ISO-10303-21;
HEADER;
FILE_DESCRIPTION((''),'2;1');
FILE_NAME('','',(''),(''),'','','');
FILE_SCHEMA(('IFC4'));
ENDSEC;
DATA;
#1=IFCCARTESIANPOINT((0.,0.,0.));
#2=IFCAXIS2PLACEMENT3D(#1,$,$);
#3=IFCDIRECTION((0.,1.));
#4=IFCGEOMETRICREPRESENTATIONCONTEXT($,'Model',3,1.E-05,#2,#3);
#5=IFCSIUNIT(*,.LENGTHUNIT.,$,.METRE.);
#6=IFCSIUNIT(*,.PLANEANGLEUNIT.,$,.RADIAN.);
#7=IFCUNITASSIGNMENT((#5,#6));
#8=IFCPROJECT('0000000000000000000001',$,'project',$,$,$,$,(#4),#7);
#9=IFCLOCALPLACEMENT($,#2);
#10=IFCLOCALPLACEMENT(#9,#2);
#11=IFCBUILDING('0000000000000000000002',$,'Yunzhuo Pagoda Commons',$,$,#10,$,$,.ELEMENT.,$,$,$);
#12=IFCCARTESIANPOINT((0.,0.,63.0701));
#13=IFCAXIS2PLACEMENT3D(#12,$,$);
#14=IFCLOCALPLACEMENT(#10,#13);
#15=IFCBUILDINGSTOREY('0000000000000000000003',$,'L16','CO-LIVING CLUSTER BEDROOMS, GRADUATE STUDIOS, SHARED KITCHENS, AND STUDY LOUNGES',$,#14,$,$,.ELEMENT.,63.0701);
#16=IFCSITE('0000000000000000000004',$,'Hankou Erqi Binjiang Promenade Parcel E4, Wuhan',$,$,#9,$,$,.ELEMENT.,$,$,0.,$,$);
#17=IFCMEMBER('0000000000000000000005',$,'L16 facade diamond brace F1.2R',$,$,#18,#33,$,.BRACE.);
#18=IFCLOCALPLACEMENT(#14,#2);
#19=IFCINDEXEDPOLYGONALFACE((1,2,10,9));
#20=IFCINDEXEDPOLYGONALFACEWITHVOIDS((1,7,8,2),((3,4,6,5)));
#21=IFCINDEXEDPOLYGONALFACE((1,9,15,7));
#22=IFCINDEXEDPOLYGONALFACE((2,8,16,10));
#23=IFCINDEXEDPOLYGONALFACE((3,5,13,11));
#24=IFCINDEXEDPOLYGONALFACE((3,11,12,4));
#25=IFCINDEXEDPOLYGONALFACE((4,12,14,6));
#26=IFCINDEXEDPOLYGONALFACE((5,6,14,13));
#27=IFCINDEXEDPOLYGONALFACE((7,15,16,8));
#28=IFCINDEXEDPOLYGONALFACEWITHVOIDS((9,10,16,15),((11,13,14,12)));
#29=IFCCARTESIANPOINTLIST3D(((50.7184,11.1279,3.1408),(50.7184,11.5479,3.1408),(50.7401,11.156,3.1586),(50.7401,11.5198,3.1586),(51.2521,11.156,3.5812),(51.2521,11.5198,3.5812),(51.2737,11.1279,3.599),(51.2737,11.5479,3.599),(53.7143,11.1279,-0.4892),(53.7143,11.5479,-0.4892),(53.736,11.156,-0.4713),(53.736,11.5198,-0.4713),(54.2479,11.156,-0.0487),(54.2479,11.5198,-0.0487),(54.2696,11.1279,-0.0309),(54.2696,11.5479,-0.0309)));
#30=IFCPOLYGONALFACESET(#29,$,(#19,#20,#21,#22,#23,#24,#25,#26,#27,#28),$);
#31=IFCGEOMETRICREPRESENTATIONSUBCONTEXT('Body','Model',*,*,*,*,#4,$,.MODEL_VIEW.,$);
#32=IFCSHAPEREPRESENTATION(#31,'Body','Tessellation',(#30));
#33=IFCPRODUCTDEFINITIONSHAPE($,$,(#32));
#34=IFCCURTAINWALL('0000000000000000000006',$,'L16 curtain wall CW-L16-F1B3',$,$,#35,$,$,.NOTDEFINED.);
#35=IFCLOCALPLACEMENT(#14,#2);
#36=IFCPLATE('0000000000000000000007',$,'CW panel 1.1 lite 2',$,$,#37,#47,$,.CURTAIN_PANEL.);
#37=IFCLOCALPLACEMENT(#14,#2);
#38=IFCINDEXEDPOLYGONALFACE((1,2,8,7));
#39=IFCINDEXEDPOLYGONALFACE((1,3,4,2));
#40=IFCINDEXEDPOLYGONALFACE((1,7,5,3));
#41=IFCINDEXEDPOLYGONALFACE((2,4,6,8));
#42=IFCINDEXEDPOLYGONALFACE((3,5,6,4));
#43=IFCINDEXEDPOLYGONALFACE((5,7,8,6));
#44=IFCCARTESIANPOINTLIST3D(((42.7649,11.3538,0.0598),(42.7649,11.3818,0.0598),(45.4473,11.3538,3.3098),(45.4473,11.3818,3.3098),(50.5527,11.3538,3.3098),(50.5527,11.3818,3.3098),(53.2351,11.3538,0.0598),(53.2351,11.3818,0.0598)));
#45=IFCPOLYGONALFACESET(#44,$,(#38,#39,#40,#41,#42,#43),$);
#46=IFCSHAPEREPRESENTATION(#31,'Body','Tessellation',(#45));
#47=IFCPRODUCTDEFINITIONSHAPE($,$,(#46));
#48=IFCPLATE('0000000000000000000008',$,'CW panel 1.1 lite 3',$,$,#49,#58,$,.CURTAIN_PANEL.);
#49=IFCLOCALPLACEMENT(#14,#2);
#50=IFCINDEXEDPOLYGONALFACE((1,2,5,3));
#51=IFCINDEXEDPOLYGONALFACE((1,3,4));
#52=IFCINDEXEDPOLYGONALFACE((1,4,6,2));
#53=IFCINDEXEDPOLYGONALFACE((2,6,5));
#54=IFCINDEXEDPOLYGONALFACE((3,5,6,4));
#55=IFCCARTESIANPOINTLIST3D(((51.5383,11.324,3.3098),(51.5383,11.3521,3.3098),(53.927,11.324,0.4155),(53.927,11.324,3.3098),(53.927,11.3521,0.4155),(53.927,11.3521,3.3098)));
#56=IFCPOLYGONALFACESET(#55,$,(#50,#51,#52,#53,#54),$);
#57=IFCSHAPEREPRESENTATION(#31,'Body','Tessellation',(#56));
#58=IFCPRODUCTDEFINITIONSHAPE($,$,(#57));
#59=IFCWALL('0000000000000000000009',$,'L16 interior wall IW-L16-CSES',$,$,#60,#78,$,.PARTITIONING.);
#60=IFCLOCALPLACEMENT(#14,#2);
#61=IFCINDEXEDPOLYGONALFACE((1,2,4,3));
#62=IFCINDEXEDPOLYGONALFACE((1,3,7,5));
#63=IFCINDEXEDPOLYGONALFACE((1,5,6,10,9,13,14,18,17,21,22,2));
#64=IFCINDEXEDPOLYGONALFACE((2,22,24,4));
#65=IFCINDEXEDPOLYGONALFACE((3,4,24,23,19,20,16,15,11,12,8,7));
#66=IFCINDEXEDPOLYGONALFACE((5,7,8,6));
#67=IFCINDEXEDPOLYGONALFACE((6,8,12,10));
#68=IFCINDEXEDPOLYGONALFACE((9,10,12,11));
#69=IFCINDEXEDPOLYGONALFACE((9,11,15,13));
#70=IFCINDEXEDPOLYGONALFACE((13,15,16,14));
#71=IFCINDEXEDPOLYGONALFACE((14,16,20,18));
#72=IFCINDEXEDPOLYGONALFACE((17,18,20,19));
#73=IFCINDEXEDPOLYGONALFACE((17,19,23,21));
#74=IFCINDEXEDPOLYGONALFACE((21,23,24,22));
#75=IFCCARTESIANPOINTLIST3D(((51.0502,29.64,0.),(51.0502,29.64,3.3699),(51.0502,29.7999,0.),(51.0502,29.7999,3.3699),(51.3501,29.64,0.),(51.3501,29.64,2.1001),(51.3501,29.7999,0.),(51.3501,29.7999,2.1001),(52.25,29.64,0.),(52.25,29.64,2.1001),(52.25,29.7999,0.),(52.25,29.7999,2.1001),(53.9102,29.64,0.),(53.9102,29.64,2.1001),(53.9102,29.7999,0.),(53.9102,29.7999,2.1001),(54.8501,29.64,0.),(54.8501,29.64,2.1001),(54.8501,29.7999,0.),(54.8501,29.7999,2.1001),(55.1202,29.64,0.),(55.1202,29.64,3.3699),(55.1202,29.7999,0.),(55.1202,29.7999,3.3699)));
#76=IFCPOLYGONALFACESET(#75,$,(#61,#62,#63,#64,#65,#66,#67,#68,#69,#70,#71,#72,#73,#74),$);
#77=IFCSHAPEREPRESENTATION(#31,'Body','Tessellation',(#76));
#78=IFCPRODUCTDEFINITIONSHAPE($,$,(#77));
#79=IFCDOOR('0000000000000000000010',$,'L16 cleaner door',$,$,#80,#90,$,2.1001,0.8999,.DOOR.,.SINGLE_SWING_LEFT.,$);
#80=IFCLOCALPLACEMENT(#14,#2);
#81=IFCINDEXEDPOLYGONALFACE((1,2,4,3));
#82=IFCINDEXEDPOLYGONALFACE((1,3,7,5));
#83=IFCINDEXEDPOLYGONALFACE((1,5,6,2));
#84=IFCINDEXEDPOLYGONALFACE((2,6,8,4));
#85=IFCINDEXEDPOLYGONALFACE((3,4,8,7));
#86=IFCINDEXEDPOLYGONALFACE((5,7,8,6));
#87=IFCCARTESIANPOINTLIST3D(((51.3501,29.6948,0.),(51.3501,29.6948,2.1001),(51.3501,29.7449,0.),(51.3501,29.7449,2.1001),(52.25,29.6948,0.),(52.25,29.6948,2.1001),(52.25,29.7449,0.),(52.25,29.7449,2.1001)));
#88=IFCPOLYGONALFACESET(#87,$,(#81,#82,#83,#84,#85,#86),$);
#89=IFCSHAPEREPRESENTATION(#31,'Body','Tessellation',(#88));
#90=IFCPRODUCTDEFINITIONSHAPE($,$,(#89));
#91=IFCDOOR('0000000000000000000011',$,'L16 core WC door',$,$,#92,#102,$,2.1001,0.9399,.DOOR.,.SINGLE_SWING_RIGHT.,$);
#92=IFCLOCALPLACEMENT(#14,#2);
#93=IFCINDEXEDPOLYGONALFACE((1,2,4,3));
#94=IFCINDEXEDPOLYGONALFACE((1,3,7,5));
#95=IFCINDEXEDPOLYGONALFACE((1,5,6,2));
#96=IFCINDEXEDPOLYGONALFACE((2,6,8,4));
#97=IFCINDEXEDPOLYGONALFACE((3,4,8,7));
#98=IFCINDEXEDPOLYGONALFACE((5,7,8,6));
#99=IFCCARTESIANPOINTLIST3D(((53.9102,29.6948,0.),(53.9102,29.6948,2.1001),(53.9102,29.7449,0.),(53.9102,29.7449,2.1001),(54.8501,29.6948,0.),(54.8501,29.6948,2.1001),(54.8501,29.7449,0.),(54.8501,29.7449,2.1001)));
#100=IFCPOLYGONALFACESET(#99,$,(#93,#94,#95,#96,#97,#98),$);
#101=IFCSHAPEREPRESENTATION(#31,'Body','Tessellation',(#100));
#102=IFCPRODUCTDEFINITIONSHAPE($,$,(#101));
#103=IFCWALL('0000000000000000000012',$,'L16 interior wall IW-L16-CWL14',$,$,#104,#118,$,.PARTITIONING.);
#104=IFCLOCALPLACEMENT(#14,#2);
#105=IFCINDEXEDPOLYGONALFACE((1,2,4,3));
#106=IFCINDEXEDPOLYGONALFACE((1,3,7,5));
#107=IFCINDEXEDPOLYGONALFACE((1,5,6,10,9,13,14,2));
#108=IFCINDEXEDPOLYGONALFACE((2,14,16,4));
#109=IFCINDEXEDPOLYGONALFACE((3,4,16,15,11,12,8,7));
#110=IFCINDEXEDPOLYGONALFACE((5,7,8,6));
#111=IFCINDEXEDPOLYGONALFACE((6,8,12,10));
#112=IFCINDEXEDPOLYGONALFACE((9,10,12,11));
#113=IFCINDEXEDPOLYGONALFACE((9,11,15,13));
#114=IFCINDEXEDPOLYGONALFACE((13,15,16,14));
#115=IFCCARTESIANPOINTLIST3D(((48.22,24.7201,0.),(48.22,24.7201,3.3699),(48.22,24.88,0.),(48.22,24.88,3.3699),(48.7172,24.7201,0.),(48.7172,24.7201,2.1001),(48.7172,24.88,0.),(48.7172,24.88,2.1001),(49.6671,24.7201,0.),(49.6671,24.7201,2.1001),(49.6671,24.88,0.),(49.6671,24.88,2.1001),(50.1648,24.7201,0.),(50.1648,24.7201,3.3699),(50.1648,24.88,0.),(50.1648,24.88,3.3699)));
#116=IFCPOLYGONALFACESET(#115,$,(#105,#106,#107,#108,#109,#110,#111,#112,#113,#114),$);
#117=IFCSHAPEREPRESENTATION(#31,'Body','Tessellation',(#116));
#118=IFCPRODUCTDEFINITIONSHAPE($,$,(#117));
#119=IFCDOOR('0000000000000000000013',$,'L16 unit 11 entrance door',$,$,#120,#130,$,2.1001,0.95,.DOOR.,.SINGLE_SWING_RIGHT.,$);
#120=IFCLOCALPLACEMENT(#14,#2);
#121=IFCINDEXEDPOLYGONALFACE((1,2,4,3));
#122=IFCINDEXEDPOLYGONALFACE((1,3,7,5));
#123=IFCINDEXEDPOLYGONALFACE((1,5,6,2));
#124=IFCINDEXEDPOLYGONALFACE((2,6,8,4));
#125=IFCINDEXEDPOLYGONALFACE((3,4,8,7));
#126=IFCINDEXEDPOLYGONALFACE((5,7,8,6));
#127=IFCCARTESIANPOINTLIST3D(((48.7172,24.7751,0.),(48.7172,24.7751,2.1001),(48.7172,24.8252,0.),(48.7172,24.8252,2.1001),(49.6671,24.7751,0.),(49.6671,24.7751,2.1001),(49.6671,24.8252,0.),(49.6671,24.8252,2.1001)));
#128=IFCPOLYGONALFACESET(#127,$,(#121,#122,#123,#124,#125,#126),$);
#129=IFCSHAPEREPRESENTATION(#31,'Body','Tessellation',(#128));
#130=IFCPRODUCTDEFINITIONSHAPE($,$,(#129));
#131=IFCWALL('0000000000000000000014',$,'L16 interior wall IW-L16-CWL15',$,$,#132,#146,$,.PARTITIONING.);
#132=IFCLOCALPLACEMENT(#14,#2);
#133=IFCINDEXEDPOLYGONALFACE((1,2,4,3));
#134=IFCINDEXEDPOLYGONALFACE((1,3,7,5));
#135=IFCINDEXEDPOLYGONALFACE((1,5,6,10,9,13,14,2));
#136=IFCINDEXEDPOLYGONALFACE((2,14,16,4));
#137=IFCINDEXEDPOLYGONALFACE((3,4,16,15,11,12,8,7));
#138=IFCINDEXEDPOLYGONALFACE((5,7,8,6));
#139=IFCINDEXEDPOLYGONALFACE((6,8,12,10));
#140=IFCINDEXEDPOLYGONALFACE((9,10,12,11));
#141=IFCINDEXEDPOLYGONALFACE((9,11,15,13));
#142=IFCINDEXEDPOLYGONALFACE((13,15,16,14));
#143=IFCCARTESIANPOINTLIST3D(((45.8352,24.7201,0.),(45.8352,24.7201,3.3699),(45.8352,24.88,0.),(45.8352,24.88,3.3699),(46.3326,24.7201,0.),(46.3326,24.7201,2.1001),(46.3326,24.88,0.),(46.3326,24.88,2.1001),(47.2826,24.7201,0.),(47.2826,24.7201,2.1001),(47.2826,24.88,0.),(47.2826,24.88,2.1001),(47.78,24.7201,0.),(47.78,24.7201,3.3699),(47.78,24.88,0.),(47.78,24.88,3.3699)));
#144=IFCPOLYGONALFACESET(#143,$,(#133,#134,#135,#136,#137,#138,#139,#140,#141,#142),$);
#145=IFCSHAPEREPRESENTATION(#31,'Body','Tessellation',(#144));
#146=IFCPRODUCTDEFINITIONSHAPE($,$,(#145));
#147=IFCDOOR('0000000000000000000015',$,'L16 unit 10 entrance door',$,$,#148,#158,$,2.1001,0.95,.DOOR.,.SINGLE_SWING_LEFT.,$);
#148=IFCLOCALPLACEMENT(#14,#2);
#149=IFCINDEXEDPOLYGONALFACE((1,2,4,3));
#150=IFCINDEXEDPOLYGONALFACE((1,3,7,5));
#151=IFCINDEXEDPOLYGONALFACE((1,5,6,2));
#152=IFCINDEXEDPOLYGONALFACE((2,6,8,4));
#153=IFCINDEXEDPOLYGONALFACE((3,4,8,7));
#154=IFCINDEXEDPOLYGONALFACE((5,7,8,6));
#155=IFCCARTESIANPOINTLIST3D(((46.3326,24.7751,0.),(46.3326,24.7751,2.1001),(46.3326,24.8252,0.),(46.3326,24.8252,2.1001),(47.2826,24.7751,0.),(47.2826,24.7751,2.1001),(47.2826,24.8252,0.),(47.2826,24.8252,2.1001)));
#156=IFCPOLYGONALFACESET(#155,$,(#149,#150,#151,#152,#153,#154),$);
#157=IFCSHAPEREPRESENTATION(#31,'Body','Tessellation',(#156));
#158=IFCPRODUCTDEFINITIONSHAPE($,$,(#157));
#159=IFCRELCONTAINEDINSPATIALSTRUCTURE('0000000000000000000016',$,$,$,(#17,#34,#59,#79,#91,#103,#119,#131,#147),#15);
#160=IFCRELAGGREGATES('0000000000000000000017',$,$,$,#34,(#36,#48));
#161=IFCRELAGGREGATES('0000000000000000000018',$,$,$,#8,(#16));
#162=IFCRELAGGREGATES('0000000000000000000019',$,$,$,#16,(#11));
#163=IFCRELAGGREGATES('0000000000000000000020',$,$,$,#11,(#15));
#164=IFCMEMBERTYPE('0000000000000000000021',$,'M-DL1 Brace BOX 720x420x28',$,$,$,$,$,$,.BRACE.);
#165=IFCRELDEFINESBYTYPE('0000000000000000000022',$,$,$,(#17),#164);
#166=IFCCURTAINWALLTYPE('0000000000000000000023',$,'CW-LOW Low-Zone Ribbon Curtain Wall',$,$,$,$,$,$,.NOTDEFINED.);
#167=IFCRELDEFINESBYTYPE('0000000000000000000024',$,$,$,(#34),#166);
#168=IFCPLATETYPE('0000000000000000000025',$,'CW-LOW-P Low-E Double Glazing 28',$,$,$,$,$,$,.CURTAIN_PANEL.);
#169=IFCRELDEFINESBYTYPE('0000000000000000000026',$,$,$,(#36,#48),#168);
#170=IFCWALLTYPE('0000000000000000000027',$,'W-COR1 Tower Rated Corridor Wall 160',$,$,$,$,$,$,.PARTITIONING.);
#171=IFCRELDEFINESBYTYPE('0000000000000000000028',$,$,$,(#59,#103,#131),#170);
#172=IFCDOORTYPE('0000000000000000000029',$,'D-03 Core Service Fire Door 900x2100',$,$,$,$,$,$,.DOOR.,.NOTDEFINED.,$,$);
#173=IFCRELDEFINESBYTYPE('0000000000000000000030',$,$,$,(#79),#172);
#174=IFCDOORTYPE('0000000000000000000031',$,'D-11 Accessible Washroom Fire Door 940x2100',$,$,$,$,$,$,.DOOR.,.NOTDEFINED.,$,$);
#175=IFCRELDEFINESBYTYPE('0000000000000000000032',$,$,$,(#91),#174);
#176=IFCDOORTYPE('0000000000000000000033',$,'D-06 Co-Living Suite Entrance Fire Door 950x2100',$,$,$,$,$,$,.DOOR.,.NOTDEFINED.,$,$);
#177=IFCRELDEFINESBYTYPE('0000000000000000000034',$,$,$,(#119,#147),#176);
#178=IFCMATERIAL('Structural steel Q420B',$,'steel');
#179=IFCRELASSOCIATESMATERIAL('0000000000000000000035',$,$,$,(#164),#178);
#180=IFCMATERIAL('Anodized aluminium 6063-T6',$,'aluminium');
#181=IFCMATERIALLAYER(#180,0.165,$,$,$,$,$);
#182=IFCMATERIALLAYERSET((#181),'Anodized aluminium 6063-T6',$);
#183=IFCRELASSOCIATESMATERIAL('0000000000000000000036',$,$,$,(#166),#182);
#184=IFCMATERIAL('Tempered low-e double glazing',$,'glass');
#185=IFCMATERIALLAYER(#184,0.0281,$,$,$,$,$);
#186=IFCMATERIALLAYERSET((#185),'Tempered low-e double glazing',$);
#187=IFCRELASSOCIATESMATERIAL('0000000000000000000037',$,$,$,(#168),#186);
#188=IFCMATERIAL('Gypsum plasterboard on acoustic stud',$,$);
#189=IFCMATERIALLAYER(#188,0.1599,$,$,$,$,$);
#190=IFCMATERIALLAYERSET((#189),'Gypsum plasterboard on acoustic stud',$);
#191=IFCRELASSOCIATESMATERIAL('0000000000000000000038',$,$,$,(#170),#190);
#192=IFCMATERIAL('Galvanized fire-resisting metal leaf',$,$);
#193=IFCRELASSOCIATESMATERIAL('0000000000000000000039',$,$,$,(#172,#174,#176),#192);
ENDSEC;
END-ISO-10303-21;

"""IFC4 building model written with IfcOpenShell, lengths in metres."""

from ifc_helpers import new_model, si_unit, direction, frame, frame_2d, origin, origin_with_axes, origin_2d, place, context, subcontext, project, spatial, polyline, rectangle, hollow_rectangle, outline, extrude, source, transform, mapped, material, layer, layer_set, material_profile, profile_set, type_object, element, fill, aggregate, save


model = new_model("IFC4")

# Units and contexts
model_context = context("Model", 3, precision=1e-05, world=origin(), true_north=direction((0.0, 1.0)))
body_context = subcontext(model_context, "Body", "Model", "MODEL_VIEW")
ifc_project = project(units=[si_unit("LENGTHUNIT", "METRE"), si_unit("PLANEANGLEUNIT", "RADIAN")], contexts=[model_context])

# Site, building, storey
site_placement = place(None, origin())
site = spatial("IfcSite", under=ifc_project, at=site_placement, Name="Hankou Erqi Binjiang Promenade Parcel E4, Wuhan", CompositionType="ELEMENT", RefElevation=0.0)
building_placement = place(site_placement, origin())
building = spatial("IfcBuilding", under=site, at=building_placement, Name="Yunzhuo Pagoda Commons", CompositionType="ELEMENT")
storey_placement = place(building_placement, frame((0.0, 0.0, 63.0701)))
storey = spatial("IfcBuildingStorey", under=building, at=storey_placement, Name="L16", Description="CO-LIVING CLUSTER BEDROOMS, GRADUATE STUDIOS, SHARED KITCHENS, AND STUDY LOUNGES", CompositionType="ELEMENT", Elevation=63.0701)

# Shared definitions
ifc_material_1 = material(Name="Structural steel Q420B", Category="steel")

# Member
ifc_material_profile_1 = material_profile(ifc_material_1, hollow_rectangle(XDim=0.4199, YDim=0.72, WallThickness=0.0281, at=origin_2d()), Name="Structural steel Q420B")
ifc_profile_set_1 = profile_set([ifc_material_profile_1], Name="Structural steel Q420B")
member_type = type_object("IfcMemberType", Name="M-DL1 Brace BOX 720x420x28", PredefinedType="BRACE", material=ifc_profile_set_1)
shared_shape_1 = source(origin(), body_context, "Body", "SweptSolid", [
    extrude(hollow_rectangle(XDim=0.4199, YDim=0.72, WallThickness=0.0281, at=origin_2d()), origin(), (0.0, 0.0, 1.0), 4.7065),
])
member_placement = place(storey_placement, frame((53.9919, 11.3379, -0.26), z_axis=(-0.636534, 0.0, 0.771248), x_axis=(0.0, -1.0, 0.0)))
element("IfcMember", 1, at=member_placement, inside=storey, type_object=member_type, Name="L16 facade diamond brace F1.2R", PredefinedType="BRACE", context=body_context, shape_type="MappedRepresentation", body=[
    mapped(shared_shape_1, transform((0.0, 0.0, 0.0), scale=1.0)),
])

# Curtain wall, plates
ifc_material_2 = material(Name="Anodized aluminium 6063-T6", Category="aluminium")
ifc_layer_1 = layer(ifc_material_2, 0.165)
ifc_layer_set_1 = layer_set([ifc_layer_1], Name="Anodized aluminium 6063-T6")
curtain_wall_type = type_object("IfcCurtainWallType", Name="CW-LOW Low-Zone Ribbon Curtain Wall", PredefinedType="NOTDEFINED", material=ifc_layer_set_1)
curtain_wall_placement = place(storey_placement, origin())
curtain_wall = element("IfcCurtainWall", 2, at=curtain_wall_placement, inside=storey, type_object=curtain_wall_type, Name="L16 curtain wall CW-L16-F1B3", PredefinedType="NOTDEFINED")
ifc_material_3 = material(Name="Tempered low-e double glazing", Category="glass")
ifc_layer_2 = layer(ifc_material_3, 0.0281)
ifc_layer_set_2 = layer_set([ifc_layer_2], Name="Tempered low-e double glazing")
plate_type = type_object("IfcPlateType", Name="CW-LOW-P Low-E Double Glazing 28", PredefinedType="CURTAIN_PANEL", material=ifc_layer_set_2)
plate_1_placement = place(storey_placement, frame((48.0, 11.3818, 1.6848), z_axis=(0.0, -1.0, 0.0), x_axis=(1.0, 0.0, 0.0)))
plate_1 = element("IfcPlate", 3, at=plate_1_placement, type_object=plate_type, Name="CW panel 1.1 lite 2", PredefinedType="CURTAIN_PANEL", context=body_context, shape_type="SweptSolid", body=[
    extrude(outline(polyline([(-5.2351, -1.625), (5.2351, -1.625), (2.5527, 1.625), (-2.5527, 1.625), (-5.2351, -1.625)])), origin(), (0.0, 0.0, 1.0), 0.0281),
])
plate_2_placement = place(storey_placement, frame((52.7327, 11.3521, 1.8628), z_axis=(0.0, -1.0, 0.0), x_axis=(1.0, 0.0, 0.0)))
plate_2 = element("IfcPlate", 4, at=plate_2_placement, type_object=plate_type, Name="CW panel 1.1 lite 3", PredefinedType="CURTAIN_PANEL", context=body_context, shape_type="SweptSolid", body=[
    extrude(outline(polyline([(-1.1943, 1.447), (1.1943, -1.4473), (1.1943, 1.447), (-1.1943, 1.447)])), origin(), (0.0, 0.0, 1.0), 0.0281),
])
aggregate(curtain_wall, [plate_1, plate_2])

# Wall, openings, doors
ifc_material_4 = material(Name="Gypsum plasterboard on acoustic stud")
ifc_layer_3 = layer(ifc_material_4, 0.1599)
ifc_layer_set_3 = layer_set([ifc_layer_3], Name="Gypsum plasterboard on acoustic stud")
wall_type_1 = type_object("IfcWallType", Name="W-COR1 Tower Rated Corridor Wall 160", PredefinedType="PARTITIONING", material=ifc_layer_set_3)
wall_1_placement = place(storey_placement, frame((51.05, 29.72, 0.0), z_axis=(0.0, 0.0, 1.0), x_axis=(1.0, 0.0, 0.0)))
wall_1 = element("IfcWall", 5, at=wall_1_placement, inside=storey, type_object=wall_type_1, Name="L16 interior wall IW-L16-CSES", PredefinedType="PARTITIONING", context=body_context, shape_type="SweptSolid", body=[
    extrude(rectangle(XDim=4.0701, YDim=0.1599, at=frame_2d((2.0352, 0.0))), origin(), (0.0, 0.0, 1.0), 3.3699),
])
opening_1_placement = place(wall_1_placement, frame((0.3, 0.0, 0.0)))
opening_1 = element("IfcOpeningElement", 6, at=opening_1_placement, cuts=wall_1, PredefinedType="OPENING", context=body_context, shape_type="SweptSolid", body=[
    extrude(rectangle(XDim=0.8999, YDim=2.1001, at=frame_2d((0.45, 1.05))), frame((0.0, 0.0898, 0.0), z_axis=(0.0, -1.0, 0.0), x_axis=(1.0, 0.0, 0.0)), (0.0, 0.0, 1.0), 0.1799),
])
opening_2_placement = place(wall_1_placement, frame((2.8601, 0.0, 0.0)))
opening_2 = element("IfcOpeningElement", 7, at=opening_2_placement, cuts=wall_1, PredefinedType="OPENING", context=body_context, shape_type="SweptSolid", body=[
    extrude(rectangle(XDim=0.9399, YDim=2.1001, at=frame_2d((0.47, 1.05))), frame((0.0, 0.0898, 0.0), z_axis=(0.0, -1.0, 0.0), x_axis=(1.0, 0.0, 0.0)), (0.0, 0.0, 1.0), 0.1799),
])
ifc_material_5 = material(Name="Galvanized fire-resisting metal leaf")
door_type_1 = type_object("IfcDoorType", Name="D-03 Core Service Fire Door 900x2100", OperationType="NOTDEFINED", PredefinedType="DOOR", material=ifc_material_5)
shared_shape_2 = source(origin(), body_context, "Body", "SweptSolid", [
    extrude(rectangle(XDim=0.8999, YDim=2.1001, at=frame_2d((0.45, 1.05))), frame((0.0, 0.0249, 0.0), z_axis=(0.0, -1.0, 0.0), x_axis=(1.0, 0.0, 0.0)), (0.0, 0.0, 1.0), 0.05),
])
door_1_placement = place(opening_1_placement, origin_with_axes())
door_1 = element("IfcDoor", 8, at=door_1_placement, inside=storey, type_object=door_type_1, Name="L16 cleaner door", OperationType="SINGLE_SWING_LEFT", OverallHeight=2.1001, OverallWidth=0.8999, PredefinedType="DOOR", context=body_context, shape_type="MappedRepresentation", body=[
    mapped(shared_shape_2, transform((0.0, 0.0, 0.0), scale=1.0)),
])
fill(opening_1, door_1)
door_type_2 = type_object("IfcDoorType", Name="D-11 Accessible Washroom Fire Door 940x2100", OperationType="NOTDEFINED", PredefinedType="DOOR", material=ifc_material_5)
shared_shape_3 = source(origin(), body_context, "Body", "SweptSolid", [
    extrude(rectangle(XDim=0.9399, YDim=2.1001, at=frame_2d((0.47, 1.05))), frame((0.0, 0.0249, 0.0), z_axis=(0.0, -1.0, 0.0), x_axis=(1.0, 0.0, 0.0)), (0.0, 0.0, 1.0), 0.05),
])
door_2_placement = place(opening_2_placement, origin_with_axes())
door_2 = element("IfcDoor", 9, at=door_2_placement, inside=storey, type_object=door_type_2, Name="L16 core WC door", OperationType="SINGLE_SWING_RIGHT", OverallHeight=2.1001, OverallWidth=0.9399, PredefinedType="DOOR", context=body_context, shape_type="MappedRepresentation", body=[
    mapped(shared_shape_3, transform((0.0, 0.0, 0.0), scale=1.0)),
])
fill(opening_2, door_2)

# Walls, openings, doors
wall_2_placement = place(storey_placement, frame((50.1648, 24.8, 0.0), z_axis=(0.0, 0.0, 1.0), x_axis=(-1.0, 0.0, 0.0)))
wall_2 = element("IfcWall", 10, at=wall_2_placement, inside=storey, type_object=wall_type_1, Name="L16 interior wall IW-L16-CWL14", PredefinedType="PARTITIONING", context=body_context, shape_type="SweptSolid", body=[
    extrude(rectangle(XDim=1.9448, YDim=0.1599, at=frame_2d((0.9724, 0.0))), origin(), (0.0, 0.0, 1.0), 3.3699),
])
opening_3_placement = place(wall_2_placement, frame((0.4976, 0.0, 0.0)))
opening_3 = element("IfcOpeningElement", 11, at=opening_3_placement, cuts=wall_2, PredefinedType="OPENING", context=body_context, shape_type="SweptSolid", body=[
    extrude(rectangle(XDim=0.95, YDim=2.1001, at=frame_2d((0.4751, 1.05))), frame((0.0, 0.0898, 0.0), z_axis=(0.0, -1.0, 0.0), x_axis=(1.0, 0.0, 0.0)), (0.0, 0.0, 1.0), 0.1799),
])
door_type_3 = type_object("IfcDoorType", Name="D-06 Co-Living Suite Entrance Fire Door 950x2100", OperationType="NOTDEFINED", PredefinedType="DOOR", material=ifc_material_5)
shared_shape_4 = source(origin(), body_context, "Body", "SweptSolid", [
    extrude(rectangle(XDim=0.95, YDim=2.1001, at=frame_2d((0.4751, 1.05))), frame((0.0, 0.0249, 0.0), z_axis=(0.0, -1.0, 0.0), x_axis=(1.0, 0.0, 0.0)), (0.0, 0.0, 1.0), 0.05),
])
door_3_placement = place(opening_3_placement, origin_with_axes())
door_3 = element("IfcDoor", 12, at=door_3_placement, inside=storey, type_object=door_type_3, Name="L16 unit 11 entrance door", OperationType="SINGLE_SWING_RIGHT", OverallHeight=2.1001, OverallWidth=0.95, PredefinedType="DOOR", context=body_context, shape_type="MappedRepresentation", body=[
    mapped(shared_shape_4, transform((0.0, 0.0, 0.0), scale=1.0)),
])
fill(opening_3, door_3)
wall_3_placement = place(storey_placement, frame((47.78, 24.8, 0.0), z_axis=(0.0, 0.0, 1.0), x_axis=(-1.0, 0.0, 0.0)))
wall_3 = element("IfcWall", 13, at=wall_3_placement, inside=storey, type_object=wall_type_1, Name="L16 interior wall IW-L16-CWL15", PredefinedType="PARTITIONING", context=body_context, shape_type="SweptSolid", body=[
    extrude(rectangle(XDim=1.9448, YDim=0.1599, at=frame_2d((0.9724, 0.0))), origin(), (0.0, 0.0, 1.0), 3.3699),
])
opening_4_placement = place(wall_3_placement, frame((0.4973, 0.0, 0.0)))
opening_4 = element("IfcOpeningElement", 14, at=opening_4_placement, cuts=wall_3, PredefinedType="OPENING", context=body_context, shape_type="SweptSolid", body=[
    extrude(rectangle(XDim=0.95, YDim=2.1001, at=frame_2d((0.4751, 1.05))), frame((0.0, 0.0898, 0.0), z_axis=(0.0, -1.0, 0.0), x_axis=(1.0, 0.0, 0.0)), (0.0, 0.0, 1.0), 0.1799),
])
door_4_placement = place(opening_4_placement, origin_with_axes())
door_4 = element("IfcDoor", 15, at=door_4_placement, inside=storey, type_object=door_type_3, Name="L16 unit 10 entrance door", OperationType="SINGLE_SWING_LEFT", OverallHeight=2.1001, OverallWidth=0.95, PredefinedType="DOOR", context=body_context, shape_type="MappedRepresentation", body=[
    mapped(shared_shape_4, transform((0.0, 0.0, 0.0), scale=1.0)),
])
fill(opening_4, door_4)

save(model, "model.ifc")
